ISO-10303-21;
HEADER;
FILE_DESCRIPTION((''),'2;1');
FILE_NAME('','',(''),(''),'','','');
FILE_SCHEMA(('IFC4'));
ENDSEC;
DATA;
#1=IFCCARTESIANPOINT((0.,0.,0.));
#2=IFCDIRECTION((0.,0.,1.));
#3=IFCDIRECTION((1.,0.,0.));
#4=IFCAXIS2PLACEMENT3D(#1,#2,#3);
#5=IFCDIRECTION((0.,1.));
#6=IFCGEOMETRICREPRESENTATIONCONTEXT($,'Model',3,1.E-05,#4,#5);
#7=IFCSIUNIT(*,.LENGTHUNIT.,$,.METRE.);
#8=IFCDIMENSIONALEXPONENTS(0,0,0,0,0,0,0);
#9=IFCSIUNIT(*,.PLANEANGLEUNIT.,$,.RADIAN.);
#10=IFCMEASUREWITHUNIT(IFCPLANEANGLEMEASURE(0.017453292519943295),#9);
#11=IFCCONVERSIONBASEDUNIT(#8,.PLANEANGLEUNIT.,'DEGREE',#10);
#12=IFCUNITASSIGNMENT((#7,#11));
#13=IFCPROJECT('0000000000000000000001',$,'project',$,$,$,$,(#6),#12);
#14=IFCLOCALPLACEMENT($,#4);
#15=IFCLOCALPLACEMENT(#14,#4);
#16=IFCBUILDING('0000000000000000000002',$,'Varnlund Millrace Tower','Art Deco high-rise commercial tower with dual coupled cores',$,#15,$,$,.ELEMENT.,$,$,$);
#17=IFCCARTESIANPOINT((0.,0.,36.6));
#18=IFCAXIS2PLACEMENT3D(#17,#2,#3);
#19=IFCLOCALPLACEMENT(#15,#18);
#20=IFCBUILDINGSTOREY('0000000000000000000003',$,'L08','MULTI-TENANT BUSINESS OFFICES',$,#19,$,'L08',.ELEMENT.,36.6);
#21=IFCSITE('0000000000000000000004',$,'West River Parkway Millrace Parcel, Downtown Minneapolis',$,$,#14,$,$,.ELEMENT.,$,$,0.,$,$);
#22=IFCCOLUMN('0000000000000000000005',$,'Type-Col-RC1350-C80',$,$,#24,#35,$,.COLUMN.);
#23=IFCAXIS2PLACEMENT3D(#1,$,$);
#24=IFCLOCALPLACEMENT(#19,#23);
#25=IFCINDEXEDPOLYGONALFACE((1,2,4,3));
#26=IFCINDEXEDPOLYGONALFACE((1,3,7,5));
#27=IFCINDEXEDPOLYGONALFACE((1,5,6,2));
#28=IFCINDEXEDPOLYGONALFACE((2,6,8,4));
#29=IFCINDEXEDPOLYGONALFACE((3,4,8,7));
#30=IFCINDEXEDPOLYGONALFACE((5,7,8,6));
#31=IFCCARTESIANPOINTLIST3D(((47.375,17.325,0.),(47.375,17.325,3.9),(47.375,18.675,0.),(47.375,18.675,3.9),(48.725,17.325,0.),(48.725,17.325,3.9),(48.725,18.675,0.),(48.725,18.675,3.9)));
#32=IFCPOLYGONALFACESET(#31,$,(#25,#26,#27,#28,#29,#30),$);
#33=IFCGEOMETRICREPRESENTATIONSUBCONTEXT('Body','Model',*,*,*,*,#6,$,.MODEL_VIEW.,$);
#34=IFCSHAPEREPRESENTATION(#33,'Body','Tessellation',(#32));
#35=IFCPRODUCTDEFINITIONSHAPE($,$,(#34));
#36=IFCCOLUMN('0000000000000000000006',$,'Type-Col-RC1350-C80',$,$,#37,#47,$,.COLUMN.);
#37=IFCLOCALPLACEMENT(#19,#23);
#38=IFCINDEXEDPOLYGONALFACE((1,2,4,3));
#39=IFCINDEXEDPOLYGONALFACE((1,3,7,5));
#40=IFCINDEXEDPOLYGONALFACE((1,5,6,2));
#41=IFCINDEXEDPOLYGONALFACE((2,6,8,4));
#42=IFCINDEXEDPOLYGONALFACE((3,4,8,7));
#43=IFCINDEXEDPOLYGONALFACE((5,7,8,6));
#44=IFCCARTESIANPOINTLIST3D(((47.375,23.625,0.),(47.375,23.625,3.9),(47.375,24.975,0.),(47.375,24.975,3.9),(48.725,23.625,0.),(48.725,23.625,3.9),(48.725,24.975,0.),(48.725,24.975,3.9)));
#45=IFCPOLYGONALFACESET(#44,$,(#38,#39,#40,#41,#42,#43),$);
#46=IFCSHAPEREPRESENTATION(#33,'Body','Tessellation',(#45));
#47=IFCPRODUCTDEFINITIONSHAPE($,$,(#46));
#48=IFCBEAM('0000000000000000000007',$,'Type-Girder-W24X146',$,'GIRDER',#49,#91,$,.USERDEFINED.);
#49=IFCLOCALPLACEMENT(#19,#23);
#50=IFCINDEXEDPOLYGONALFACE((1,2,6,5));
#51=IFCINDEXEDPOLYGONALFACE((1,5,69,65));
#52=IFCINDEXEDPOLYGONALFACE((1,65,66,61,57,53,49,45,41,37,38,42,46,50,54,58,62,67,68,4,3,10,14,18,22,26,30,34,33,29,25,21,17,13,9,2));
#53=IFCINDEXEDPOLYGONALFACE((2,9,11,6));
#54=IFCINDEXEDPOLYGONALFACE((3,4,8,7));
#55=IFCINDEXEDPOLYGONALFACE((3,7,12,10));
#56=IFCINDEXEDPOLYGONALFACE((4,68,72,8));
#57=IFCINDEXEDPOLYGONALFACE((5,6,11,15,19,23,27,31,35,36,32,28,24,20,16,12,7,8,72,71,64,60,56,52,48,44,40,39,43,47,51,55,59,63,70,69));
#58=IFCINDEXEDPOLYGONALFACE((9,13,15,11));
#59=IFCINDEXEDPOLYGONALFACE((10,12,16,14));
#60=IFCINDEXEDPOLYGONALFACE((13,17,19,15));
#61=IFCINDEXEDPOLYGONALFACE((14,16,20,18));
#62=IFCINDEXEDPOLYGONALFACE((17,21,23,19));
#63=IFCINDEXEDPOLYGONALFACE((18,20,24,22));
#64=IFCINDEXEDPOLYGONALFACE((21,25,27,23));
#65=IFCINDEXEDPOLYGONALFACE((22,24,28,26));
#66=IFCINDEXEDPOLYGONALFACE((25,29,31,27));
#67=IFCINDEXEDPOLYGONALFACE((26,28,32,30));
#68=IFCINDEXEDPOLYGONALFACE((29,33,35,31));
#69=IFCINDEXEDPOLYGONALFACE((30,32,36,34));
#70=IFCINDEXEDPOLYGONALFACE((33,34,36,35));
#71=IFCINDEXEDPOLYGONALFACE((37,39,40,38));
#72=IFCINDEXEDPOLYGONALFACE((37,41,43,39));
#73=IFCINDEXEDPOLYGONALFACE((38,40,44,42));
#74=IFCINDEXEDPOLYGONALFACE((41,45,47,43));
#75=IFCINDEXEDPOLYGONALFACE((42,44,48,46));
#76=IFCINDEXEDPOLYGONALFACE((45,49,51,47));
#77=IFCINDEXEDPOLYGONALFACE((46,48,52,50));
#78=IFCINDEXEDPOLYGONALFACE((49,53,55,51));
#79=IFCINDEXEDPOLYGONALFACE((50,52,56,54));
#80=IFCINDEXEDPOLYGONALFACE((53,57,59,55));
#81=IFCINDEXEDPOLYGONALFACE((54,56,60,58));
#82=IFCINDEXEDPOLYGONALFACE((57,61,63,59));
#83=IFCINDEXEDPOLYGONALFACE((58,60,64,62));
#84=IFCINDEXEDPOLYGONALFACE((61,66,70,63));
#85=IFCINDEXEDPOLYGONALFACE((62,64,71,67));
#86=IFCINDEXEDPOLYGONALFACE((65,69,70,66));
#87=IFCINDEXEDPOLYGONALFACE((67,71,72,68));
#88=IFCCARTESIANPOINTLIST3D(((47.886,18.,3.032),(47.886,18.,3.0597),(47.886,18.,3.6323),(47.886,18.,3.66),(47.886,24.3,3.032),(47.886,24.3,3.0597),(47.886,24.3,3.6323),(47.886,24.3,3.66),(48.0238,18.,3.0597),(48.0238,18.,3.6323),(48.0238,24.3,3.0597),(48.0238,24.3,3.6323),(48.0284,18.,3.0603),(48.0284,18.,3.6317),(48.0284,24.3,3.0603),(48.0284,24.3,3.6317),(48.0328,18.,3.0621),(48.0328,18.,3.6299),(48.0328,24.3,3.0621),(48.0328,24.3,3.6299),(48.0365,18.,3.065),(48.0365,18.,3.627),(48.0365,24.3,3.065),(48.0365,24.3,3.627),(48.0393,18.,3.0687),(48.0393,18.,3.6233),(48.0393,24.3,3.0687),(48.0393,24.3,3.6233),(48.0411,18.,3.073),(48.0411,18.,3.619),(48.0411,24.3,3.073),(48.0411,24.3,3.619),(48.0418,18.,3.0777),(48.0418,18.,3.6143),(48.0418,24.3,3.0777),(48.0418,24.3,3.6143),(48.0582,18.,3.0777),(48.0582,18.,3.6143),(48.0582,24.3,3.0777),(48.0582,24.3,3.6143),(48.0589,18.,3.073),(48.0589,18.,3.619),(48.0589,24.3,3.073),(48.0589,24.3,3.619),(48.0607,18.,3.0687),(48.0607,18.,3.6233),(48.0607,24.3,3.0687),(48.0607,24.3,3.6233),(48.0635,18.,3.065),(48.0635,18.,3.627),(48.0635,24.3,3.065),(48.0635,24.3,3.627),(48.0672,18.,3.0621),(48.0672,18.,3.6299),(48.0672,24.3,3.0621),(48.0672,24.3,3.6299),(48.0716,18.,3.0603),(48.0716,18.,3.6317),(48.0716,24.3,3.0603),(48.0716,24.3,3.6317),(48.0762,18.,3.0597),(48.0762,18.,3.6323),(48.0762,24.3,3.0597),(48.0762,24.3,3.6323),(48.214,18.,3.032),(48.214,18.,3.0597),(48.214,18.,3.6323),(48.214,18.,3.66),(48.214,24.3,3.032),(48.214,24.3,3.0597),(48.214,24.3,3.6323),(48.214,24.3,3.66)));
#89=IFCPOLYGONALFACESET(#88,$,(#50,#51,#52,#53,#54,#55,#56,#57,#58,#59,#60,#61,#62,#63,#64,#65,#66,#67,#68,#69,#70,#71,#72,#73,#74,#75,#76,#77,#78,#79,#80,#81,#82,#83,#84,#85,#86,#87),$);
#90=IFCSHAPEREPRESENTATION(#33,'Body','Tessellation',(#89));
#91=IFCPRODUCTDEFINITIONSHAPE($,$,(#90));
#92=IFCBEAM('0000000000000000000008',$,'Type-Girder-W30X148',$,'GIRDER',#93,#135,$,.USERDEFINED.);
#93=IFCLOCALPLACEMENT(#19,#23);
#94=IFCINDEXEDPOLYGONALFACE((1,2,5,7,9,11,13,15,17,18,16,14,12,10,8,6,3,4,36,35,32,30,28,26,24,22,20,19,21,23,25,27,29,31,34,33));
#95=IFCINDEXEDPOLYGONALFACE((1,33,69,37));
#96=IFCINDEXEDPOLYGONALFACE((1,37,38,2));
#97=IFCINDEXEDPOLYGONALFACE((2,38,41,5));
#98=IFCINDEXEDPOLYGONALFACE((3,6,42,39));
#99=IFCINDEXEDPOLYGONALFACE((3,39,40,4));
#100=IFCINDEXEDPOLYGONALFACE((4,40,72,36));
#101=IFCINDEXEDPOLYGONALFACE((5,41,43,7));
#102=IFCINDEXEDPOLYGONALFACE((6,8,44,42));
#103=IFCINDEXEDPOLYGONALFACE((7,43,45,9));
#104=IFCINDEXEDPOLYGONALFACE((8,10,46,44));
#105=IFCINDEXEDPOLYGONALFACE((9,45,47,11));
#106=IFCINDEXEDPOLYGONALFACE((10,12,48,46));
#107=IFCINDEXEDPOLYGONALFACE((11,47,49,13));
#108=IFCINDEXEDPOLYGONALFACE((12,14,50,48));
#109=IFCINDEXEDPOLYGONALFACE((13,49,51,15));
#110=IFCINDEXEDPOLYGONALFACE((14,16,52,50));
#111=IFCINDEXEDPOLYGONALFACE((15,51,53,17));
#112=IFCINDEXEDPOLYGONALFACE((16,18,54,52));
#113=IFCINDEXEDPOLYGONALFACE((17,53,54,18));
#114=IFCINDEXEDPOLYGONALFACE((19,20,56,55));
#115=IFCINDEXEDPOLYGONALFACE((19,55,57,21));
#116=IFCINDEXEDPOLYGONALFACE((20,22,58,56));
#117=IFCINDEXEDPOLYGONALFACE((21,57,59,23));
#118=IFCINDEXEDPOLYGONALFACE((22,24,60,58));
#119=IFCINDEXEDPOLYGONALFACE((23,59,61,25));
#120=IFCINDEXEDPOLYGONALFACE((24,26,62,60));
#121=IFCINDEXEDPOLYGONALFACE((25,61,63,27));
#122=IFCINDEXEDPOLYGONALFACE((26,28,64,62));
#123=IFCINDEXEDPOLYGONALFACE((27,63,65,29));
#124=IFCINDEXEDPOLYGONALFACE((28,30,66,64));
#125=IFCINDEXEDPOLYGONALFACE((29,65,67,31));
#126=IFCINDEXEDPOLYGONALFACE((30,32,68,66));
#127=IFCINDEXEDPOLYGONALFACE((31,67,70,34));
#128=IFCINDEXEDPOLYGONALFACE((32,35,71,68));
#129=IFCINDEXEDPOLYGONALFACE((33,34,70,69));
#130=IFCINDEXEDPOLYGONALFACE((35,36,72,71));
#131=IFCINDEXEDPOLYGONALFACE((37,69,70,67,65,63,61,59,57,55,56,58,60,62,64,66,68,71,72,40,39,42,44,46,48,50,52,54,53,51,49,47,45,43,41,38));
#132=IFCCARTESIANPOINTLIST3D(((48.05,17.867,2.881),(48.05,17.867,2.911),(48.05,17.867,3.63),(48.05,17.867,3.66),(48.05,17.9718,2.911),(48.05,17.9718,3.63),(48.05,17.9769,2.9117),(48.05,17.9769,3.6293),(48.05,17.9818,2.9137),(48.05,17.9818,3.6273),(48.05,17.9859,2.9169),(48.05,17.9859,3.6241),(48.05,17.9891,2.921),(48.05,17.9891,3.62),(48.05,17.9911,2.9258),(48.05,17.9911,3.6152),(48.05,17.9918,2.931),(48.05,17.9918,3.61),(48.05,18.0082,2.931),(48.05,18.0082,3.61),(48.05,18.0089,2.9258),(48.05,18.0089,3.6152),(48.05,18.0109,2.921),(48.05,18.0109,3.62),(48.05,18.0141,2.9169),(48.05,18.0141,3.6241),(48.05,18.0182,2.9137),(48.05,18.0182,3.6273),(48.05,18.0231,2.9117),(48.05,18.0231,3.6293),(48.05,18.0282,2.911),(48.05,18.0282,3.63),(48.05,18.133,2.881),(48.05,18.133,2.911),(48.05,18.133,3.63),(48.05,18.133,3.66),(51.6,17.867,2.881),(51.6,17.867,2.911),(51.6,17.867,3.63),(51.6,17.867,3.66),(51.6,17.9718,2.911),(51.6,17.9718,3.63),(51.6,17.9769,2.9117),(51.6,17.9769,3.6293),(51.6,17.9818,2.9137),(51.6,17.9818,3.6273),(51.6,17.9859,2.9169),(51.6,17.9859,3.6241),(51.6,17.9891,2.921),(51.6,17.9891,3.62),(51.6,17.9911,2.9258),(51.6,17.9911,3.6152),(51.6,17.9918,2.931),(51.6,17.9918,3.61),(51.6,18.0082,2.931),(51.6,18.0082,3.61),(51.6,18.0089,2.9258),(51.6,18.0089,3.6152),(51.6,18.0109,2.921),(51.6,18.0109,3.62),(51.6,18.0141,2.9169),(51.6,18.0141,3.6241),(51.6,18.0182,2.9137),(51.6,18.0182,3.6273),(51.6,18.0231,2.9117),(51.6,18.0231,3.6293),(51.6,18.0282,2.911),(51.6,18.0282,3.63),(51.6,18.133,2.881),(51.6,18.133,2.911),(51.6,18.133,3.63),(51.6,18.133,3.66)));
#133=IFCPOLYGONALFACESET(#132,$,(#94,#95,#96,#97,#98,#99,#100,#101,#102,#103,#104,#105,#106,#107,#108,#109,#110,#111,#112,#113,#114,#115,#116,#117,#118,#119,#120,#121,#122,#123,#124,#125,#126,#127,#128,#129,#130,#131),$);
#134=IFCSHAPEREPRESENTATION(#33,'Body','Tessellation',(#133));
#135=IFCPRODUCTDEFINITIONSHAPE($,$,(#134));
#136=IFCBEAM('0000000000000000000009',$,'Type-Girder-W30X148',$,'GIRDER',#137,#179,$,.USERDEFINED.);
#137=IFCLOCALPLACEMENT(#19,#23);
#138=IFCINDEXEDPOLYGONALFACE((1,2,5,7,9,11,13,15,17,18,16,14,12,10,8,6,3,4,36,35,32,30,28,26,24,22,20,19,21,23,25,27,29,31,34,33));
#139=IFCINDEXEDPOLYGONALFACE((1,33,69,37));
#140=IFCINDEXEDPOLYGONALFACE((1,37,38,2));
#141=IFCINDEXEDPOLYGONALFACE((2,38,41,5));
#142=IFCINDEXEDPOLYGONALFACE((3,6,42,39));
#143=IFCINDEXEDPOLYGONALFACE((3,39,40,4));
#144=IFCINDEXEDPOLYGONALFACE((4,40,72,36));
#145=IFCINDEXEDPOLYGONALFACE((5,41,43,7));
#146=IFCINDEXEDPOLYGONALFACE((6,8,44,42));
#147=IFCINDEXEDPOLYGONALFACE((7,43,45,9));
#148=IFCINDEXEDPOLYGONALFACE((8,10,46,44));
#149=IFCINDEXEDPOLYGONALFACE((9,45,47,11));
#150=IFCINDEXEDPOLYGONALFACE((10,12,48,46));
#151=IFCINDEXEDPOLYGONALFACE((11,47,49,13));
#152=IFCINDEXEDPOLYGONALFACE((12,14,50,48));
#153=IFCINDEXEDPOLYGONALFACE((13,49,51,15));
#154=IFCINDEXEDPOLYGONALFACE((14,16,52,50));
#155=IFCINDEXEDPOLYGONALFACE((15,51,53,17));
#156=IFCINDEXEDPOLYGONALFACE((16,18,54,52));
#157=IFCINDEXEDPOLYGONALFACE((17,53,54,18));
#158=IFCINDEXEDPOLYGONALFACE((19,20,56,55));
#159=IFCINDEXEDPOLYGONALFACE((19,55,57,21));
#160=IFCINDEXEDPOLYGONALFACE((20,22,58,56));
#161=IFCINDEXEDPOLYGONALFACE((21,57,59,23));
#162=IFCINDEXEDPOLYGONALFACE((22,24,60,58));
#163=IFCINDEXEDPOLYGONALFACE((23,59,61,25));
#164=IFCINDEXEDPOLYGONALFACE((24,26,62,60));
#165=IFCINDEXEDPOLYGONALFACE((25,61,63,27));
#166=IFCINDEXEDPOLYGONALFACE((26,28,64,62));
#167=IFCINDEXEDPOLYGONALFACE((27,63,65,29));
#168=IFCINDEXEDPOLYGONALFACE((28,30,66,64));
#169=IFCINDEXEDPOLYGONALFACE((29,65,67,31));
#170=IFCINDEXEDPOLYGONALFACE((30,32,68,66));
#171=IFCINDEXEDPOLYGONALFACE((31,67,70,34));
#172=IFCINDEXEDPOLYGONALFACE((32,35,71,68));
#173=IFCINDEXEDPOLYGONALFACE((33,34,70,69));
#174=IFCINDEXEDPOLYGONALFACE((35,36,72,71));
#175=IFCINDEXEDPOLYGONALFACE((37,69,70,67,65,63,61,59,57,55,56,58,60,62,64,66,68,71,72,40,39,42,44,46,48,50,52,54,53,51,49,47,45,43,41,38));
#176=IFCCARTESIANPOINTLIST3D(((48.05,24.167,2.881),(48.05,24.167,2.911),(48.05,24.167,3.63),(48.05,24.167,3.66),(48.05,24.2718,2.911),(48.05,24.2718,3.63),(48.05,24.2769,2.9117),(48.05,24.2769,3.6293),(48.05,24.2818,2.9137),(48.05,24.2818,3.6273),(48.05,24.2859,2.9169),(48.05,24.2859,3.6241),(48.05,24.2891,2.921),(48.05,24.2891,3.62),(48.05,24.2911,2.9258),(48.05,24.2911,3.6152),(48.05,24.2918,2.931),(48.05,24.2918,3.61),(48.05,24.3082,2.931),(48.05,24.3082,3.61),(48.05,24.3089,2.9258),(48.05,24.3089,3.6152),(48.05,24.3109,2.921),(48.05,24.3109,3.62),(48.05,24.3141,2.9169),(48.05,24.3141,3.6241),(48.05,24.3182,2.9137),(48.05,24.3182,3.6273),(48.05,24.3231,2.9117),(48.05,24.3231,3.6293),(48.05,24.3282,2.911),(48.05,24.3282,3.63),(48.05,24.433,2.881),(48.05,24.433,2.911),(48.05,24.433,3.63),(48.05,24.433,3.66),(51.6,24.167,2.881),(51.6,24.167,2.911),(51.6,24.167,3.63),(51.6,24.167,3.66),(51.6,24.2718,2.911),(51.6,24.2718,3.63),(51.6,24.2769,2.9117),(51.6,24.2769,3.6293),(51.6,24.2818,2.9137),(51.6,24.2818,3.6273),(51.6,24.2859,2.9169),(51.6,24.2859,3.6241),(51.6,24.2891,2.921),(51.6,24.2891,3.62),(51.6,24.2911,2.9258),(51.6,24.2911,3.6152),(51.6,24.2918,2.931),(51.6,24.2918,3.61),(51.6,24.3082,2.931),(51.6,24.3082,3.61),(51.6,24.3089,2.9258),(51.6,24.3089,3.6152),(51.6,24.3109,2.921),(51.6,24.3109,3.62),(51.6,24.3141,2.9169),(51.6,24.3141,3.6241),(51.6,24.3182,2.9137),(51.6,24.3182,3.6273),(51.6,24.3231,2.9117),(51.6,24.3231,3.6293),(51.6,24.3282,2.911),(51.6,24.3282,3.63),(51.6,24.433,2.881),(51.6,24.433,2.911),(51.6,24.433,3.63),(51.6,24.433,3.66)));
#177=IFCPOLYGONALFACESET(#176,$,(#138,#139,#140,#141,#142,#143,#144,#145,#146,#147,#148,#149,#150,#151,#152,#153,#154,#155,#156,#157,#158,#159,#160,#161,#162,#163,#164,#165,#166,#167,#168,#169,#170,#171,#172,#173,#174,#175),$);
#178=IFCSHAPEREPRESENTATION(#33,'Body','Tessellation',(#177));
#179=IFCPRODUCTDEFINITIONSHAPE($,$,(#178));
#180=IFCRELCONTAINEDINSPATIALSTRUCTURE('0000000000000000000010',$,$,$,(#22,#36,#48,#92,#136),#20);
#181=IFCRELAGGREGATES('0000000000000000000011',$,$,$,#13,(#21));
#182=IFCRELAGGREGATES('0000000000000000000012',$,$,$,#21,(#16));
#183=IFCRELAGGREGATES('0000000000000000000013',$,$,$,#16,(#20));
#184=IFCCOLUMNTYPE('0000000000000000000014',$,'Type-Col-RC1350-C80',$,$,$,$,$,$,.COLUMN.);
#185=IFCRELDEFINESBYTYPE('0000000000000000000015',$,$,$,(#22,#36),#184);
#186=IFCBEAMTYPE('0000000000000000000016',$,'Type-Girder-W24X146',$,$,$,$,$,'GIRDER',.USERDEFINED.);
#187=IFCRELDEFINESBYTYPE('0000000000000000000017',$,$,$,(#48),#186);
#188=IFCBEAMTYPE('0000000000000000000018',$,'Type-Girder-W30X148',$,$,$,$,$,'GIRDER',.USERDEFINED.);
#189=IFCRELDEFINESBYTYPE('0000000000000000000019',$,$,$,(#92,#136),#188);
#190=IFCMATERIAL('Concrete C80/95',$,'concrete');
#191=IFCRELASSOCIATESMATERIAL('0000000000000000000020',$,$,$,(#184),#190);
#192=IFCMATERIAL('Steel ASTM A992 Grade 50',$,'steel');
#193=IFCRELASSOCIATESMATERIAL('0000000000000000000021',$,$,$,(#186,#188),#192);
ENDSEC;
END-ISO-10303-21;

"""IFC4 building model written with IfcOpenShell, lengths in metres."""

from ifc_helpers import new_model, entity, si_unit, converted_unit, direction, frame, origin_with_axes, origin_2d_with_axis, place, context, subcontext, project, spatial, rectangle, i_section, extrude, material, material_profile, profile_set, type_object, element, save


model = new_model("IFC4")

# Units and contexts
model_context = context("Model", 3, precision=1e-05, world=origin_with_axes(), true_north=direction((0.0, 1.0)))
body_context = subcontext(model_context, "Body", "Model", "MODEL_VIEW")
ifc_project = project(units=[si_unit("LENGTHUNIT", "METRE"), converted_unit("PLANEANGLEUNIT", "DEGREE", entity("IfcPlaneAngleMeasure", 0.017453292519943295), si_unit("PLANEANGLEUNIT", "RADIAN"), dimensions=[0, 0, 0, 0, 0, 0, 0])], contexts=[model_context])

# Site, building, storey
site_placement = place(None, origin_with_axes())
site = spatial("IfcSite", under=ifc_project, at=site_placement, Name="West River Parkway Millrace Parcel, Downtown Minneapolis", CompositionType="ELEMENT", RefElevation=0.0)
building_placement = place(site_placement, origin_with_axes())
building = spatial("IfcBuilding", under=site, at=building_placement, Name="Varnlund Millrace Tower", Description="Art Deco high-rise commercial tower with dual coupled cores", CompositionType="ELEMENT")
storey_placement = place(building_placement, frame((0.0, 0.0, 36.6), z_axis=(0.0, 0.0, 1.0), x_axis=(1.0, 0.0, 0.0)))
storey = spatial("IfcBuildingStorey", under=building, at=storey_placement, Name="L08", Description="MULTI-TENANT BUSINESS OFFICES", LongName="L08", CompositionType="ELEMENT", Elevation=36.6)

# Columns
ifc_material_1 = material(Name="Concrete C80/95", Category="concrete")
ifc_material_profile_1 = material_profile(ifc_material_1, rectangle(XDim=1.35, YDim=1.35, at=origin_2d_with_axis()), Name="Concrete C80/95")
ifc_profile_set_1 = profile_set([ifc_material_profile_1], Name="Concrete C80/95")
column_type = type_object("IfcColumnType", Name="Type-Col-RC1350-C80", PredefinedType="COLUMN", material=ifc_profile_set_1)
for number, where, z_axis, x_axis, name in (
    (1, (48.05, 18.0, 0.0), (0.0, 0.0, 1.0), (1.0, 0.0, 0.0), "Type-Col-RC1350-C80"),
    (2, (48.05, 24.3, 0.0), (0.0, 0.0, 1.0), (1.0, 0.0, 0.0), "Type-Col-RC1350-C80"),
):
    element("IfcColumn", number, at=place(storey_placement, frame(where, z_axis=z_axis, x_axis=x_axis)), inside=storey, type_object=column_type, Name=name, PredefinedType="COLUMN", context=body_context, shape_type="SweptSolid", body=[
        extrude(rectangle(XDim=1.35, YDim=1.35, at=origin_2d_with_axis()), origin_with_axes(), (0.0, 0.0, 1.0), 3.9),
    ])

# Beams
ifc_material_2 = material(Name="Steel ASTM A992 Grade 50", Category="steel")
ifc_material_profile_2 = material_profile(ifc_material_2, i_section(OverallWidth=0.328, OverallDepth=0.628, WebThickness=0.0165, FlangeThickness=0.0277, FilletRadius=0.018, at=origin_2d_with_axis()), Name="Steel ASTM A992 Grade 50")
ifc_profile_set_2 = profile_set([ifc_material_profile_2], Name="Steel ASTM A992 Grade 50")
beam_type_1 = type_object("IfcBeamType", Name="Type-Girder-W24X146", ElementType="GIRDER", PredefinedType="USERDEFINED", material=ifc_profile_set_2)
beam_1_placement = place(storey_placement, frame((48.05, 18.0, 3.346), z_axis=(0.0, 1.0, 0.0), x_axis=(-1.0, 0.0, 0.0)))
element("IfcBeam", 3, at=beam_1_placement, inside=storey, type_object=beam_type_1, Name="Type-Girder-W24X146", ObjectType="GIRDER", PredefinedType="USERDEFINED", context=body_context, shape_type="SweptSolid", body=[
    extrude(i_section(OverallWidth=0.328, OverallDepth=0.628, WebThickness=0.0165, FlangeThickness=0.0277, FilletRadius=0.018, at=origin_2d_with_axis()), origin_with_axes(), (0.0, 0.0, 1.0), 6.3),
])
ifc_material_profile_3 = material_profile(ifc_material_2, i_section(OverallWidth=0.266, OverallDepth=0.779, WebThickness=0.0165, FlangeThickness=0.03, FilletRadius=0.02, at=origin_2d_with_axis()), Name="Steel ASTM A992 Grade 50")
ifc_profile_set_3 = profile_set([ifc_material_profile_3], Name="Steel ASTM A992 Grade 50")
beam_type_2 = type_object("IfcBeamType", Name="Type-Girder-W30X148", ElementType="GIRDER", PredefinedType="USERDEFINED", material=ifc_profile_set_3)
for number, where, z_axis, x_axis, name in (
    (4, (48.05, 18.0, 3.2705), (1.0, 0.0, 0.0), (0.0, 1.0, 0.0), "Type-Girder-W30X148"),
    (5, (48.05, 24.3, 3.2705), (1.0, 0.0, 0.0), (0.0, 1.0, 0.0), "Type-Girder-W30X148"),
):
    element("IfcBeam", number, at=place(storey_placement, frame(where, z_axis=z_axis, x_axis=x_axis)), inside=storey, type_object=beam_type_2, Name=name, ObjectType="GIRDER", PredefinedType="USERDEFINED", context=body_context, shape_type="SweptSolid", body=[
        extrude(i_section(OverallWidth=0.266, OverallDepth=0.779, WebThickness=0.0165, FlangeThickness=0.03, FilletRadius=0.02, at=origin_2d_with_axis()), origin_with_axes(), (0.0, 0.0, 1.0), 3.55),
    ])

save(model, "model.ifc")
